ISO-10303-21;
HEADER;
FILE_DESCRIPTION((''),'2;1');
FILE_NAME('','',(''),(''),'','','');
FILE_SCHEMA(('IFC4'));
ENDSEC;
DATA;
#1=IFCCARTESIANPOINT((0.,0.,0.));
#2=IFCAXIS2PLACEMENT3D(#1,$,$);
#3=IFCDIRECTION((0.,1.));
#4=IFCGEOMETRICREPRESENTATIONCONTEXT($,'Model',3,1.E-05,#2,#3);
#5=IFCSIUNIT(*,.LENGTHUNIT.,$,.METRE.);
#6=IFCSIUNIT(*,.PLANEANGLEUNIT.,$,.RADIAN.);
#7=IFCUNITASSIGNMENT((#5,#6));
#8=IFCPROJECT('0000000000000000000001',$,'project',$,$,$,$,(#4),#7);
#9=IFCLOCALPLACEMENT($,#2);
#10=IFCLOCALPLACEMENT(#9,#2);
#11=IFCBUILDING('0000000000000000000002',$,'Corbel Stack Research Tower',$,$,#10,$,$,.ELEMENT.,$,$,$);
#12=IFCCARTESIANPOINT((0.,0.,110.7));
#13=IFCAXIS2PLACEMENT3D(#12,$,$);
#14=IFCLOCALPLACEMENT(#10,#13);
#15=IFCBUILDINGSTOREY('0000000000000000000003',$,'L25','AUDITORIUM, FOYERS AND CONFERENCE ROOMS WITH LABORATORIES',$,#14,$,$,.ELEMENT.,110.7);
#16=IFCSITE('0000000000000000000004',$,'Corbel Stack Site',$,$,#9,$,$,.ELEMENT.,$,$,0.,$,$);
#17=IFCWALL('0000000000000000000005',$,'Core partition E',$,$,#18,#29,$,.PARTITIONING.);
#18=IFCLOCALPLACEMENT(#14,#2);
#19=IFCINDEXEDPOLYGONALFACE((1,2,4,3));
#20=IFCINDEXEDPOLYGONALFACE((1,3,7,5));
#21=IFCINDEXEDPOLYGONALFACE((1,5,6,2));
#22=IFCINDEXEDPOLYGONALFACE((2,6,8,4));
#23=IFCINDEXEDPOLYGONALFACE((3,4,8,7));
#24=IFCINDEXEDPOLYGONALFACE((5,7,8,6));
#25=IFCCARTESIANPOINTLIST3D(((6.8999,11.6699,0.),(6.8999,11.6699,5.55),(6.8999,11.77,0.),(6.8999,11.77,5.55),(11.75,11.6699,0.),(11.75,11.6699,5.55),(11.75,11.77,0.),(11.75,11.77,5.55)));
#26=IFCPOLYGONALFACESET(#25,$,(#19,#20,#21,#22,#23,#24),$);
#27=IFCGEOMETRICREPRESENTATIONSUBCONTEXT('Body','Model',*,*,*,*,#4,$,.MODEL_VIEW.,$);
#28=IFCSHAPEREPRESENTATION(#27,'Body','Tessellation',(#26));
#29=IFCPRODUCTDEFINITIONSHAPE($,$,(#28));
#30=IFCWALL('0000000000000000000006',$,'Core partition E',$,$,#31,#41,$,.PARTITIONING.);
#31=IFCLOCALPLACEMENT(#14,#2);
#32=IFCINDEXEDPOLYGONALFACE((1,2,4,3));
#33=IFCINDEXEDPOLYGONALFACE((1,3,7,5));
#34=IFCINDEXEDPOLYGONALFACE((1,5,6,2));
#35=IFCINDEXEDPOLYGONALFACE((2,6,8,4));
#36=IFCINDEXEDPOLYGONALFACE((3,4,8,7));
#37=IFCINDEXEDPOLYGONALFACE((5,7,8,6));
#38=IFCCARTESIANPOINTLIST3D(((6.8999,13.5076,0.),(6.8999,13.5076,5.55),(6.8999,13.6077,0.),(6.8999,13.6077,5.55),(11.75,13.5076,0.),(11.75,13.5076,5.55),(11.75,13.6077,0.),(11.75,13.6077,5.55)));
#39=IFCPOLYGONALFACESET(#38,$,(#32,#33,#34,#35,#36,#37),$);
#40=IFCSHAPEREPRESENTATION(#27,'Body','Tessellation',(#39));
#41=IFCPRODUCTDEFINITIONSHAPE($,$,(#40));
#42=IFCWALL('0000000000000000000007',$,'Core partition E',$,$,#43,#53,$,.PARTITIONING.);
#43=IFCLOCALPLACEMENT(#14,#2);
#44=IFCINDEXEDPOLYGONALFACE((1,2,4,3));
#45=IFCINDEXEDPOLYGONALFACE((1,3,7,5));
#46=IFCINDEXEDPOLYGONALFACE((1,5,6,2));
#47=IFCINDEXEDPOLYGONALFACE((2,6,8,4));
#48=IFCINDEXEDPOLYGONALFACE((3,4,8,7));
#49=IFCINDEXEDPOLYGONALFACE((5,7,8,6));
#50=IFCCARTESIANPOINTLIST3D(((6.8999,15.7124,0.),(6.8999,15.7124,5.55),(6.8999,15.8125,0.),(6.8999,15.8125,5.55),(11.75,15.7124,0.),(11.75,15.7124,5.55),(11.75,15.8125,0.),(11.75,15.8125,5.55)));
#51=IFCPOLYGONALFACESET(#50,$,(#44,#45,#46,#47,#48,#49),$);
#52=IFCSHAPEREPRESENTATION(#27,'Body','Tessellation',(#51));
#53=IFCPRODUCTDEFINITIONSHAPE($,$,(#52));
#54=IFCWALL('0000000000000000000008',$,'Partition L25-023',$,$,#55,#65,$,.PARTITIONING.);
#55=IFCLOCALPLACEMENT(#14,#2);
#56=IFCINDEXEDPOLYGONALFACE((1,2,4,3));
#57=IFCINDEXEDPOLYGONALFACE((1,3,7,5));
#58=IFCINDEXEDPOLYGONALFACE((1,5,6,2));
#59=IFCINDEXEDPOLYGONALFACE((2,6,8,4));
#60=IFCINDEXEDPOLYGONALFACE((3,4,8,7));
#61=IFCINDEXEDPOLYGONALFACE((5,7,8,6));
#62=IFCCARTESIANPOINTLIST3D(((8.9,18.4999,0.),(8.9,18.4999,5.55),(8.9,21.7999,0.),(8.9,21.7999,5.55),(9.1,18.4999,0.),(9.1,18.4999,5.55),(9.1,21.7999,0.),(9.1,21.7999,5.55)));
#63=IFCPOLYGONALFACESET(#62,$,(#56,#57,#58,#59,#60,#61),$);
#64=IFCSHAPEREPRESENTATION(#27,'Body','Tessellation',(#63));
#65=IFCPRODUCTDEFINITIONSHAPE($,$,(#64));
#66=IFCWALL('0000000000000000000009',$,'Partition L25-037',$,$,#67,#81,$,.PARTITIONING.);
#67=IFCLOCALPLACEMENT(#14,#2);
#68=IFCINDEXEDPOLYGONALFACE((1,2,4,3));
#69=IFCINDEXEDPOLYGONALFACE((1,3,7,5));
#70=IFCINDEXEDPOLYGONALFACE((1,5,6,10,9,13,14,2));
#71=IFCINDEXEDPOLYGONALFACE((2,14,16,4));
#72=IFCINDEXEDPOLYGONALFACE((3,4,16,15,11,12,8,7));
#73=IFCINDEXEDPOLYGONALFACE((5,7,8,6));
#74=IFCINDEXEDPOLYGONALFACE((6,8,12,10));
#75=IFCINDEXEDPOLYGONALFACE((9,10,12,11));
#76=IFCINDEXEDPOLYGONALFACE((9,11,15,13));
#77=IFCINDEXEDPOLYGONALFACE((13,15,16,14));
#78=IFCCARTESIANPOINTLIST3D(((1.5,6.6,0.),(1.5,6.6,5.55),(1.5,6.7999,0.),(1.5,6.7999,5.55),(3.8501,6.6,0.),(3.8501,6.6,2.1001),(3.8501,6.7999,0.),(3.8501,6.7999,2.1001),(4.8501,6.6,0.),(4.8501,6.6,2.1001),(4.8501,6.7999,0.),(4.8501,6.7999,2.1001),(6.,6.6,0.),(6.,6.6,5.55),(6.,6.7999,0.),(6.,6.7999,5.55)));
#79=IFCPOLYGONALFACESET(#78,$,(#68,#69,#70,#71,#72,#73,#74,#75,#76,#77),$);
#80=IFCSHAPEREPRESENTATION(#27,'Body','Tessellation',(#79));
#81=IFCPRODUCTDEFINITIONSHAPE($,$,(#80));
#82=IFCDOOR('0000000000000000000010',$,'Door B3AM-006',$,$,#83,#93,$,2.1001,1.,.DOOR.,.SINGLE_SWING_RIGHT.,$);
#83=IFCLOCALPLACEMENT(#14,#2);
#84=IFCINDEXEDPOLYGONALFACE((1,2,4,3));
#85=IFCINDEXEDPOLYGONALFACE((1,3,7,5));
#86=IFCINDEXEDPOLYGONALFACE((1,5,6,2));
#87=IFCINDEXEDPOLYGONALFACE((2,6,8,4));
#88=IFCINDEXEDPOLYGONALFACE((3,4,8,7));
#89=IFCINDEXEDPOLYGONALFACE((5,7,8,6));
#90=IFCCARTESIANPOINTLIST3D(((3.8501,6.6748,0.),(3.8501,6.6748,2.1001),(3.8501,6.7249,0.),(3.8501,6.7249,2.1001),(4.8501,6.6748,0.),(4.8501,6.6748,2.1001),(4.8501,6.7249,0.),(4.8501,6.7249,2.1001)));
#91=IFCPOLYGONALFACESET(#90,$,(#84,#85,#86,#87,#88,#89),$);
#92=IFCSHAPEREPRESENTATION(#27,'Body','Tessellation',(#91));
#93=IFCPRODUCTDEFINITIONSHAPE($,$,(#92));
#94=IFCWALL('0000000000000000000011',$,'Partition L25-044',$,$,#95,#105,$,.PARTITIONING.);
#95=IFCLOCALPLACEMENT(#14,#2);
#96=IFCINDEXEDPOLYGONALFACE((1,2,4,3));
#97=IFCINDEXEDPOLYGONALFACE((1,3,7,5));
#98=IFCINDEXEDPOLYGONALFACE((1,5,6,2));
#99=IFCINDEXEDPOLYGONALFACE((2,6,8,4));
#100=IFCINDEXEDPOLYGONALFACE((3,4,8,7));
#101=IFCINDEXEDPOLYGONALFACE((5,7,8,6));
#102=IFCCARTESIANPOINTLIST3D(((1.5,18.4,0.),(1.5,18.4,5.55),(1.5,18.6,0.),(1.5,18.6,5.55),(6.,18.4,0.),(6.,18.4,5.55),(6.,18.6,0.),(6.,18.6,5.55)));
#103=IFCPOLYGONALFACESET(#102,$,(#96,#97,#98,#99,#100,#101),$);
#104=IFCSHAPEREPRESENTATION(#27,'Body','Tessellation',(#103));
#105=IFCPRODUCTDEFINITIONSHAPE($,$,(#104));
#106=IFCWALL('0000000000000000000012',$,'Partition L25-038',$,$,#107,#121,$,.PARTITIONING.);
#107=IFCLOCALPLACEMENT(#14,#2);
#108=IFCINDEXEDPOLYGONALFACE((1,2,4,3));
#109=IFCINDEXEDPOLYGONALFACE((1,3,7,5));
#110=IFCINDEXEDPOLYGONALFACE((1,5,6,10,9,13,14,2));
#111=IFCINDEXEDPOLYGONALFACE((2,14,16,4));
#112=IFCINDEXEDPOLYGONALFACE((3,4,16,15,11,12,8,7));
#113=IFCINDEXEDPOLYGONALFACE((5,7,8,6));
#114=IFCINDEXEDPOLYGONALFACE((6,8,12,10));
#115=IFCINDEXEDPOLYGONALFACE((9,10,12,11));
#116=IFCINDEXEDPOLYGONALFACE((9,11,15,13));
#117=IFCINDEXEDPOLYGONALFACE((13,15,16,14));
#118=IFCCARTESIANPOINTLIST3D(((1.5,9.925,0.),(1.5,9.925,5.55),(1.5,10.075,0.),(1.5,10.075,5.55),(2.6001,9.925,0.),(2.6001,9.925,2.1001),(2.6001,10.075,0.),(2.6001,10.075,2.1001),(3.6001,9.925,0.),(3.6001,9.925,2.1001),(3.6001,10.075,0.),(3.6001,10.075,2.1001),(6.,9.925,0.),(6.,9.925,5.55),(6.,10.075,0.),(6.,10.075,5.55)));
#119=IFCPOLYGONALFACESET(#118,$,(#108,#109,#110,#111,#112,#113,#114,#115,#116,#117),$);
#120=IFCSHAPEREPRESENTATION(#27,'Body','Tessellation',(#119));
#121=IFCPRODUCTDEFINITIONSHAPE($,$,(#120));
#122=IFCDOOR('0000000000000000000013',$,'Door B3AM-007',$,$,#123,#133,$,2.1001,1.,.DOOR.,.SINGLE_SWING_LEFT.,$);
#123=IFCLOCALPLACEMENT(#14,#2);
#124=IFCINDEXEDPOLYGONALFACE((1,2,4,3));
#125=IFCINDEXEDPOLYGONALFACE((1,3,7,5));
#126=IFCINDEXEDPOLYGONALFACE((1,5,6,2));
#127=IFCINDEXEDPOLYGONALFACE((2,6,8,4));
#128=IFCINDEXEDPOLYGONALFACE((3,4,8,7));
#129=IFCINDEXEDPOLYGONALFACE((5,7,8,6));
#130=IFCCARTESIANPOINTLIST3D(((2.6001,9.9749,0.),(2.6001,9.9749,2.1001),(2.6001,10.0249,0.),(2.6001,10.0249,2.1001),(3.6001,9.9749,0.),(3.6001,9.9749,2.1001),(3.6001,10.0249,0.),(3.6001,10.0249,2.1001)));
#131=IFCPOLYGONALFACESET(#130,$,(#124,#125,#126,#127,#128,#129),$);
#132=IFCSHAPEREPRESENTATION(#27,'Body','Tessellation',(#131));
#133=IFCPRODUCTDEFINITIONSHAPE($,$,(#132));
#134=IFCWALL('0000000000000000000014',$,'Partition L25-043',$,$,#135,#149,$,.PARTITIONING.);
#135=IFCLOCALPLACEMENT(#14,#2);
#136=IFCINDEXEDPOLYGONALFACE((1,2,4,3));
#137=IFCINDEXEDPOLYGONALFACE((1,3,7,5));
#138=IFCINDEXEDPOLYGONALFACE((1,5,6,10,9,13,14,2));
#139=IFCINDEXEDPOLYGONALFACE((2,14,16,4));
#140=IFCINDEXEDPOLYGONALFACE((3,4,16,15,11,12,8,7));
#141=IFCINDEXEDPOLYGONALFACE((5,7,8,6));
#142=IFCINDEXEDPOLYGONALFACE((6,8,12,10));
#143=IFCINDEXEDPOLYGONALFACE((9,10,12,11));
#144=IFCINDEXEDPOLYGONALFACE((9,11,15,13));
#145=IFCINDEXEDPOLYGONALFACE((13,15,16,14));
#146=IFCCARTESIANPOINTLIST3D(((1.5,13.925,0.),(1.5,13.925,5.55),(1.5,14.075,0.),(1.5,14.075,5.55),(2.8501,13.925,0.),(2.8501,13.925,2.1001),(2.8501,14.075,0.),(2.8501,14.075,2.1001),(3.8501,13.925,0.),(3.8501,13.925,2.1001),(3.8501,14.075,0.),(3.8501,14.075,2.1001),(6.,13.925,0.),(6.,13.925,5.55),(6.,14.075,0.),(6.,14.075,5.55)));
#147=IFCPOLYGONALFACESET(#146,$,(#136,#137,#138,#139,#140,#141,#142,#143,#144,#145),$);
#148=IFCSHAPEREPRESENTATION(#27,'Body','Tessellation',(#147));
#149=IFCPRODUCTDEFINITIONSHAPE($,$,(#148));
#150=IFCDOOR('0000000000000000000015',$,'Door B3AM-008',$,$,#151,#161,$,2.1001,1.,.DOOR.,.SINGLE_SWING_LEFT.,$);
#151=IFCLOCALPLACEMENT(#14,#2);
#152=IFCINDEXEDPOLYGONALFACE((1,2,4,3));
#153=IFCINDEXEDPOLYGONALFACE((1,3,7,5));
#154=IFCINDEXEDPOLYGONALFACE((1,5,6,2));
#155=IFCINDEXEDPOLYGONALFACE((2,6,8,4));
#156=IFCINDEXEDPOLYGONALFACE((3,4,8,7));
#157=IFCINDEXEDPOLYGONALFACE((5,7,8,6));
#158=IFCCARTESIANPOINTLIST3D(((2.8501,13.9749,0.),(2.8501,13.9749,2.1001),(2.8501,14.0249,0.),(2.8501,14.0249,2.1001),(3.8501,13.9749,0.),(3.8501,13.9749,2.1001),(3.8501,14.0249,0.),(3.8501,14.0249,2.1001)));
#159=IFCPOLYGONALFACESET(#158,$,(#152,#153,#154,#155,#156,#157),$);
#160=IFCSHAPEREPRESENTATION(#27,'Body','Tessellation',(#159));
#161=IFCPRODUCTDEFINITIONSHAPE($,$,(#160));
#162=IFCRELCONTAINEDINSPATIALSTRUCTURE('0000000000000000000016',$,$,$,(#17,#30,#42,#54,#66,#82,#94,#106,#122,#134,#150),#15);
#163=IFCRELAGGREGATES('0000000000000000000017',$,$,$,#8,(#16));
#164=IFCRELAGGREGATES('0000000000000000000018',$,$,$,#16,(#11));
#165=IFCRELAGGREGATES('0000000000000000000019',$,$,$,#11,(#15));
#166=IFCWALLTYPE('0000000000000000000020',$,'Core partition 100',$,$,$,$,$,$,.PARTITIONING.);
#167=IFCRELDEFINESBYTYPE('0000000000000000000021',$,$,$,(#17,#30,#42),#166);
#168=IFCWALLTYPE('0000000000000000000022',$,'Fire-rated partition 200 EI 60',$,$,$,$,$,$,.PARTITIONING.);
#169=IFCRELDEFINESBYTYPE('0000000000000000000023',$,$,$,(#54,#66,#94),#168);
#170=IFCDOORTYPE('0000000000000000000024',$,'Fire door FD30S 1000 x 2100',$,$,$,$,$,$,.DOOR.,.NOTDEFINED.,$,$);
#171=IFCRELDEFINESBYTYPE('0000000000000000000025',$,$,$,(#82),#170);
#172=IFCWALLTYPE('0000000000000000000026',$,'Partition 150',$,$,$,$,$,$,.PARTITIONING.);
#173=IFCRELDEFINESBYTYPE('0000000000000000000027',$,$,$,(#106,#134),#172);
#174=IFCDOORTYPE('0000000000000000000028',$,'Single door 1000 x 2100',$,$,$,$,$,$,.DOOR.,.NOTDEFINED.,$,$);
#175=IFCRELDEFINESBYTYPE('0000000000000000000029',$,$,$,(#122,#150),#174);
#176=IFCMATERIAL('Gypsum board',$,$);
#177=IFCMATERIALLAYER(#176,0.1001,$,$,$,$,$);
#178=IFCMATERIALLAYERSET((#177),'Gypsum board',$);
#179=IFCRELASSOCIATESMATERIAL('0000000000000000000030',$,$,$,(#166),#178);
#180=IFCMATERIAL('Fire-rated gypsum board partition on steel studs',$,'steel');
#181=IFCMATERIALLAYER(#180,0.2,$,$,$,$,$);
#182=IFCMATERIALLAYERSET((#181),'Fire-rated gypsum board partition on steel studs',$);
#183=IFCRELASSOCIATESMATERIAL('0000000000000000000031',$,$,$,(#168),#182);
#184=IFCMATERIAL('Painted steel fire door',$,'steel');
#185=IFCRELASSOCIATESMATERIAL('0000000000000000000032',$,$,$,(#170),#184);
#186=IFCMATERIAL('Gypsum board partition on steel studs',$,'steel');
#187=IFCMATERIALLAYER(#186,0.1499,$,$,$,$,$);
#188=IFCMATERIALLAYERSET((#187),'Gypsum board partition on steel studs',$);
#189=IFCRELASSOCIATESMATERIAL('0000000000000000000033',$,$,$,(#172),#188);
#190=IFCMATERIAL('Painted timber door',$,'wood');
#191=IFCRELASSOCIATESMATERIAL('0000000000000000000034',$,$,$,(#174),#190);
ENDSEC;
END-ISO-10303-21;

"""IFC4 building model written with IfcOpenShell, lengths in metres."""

from ifc_helpers import new_model, si_unit, direction, frame, frame_2d, origin, place, context, subcontext, project, spatial, rectangle, extrude, material, layer, layer_set, type_object, element, fill, save


model = new_model("IFC4")

# Units and contexts
model_context = context("Model", 3, precision=1e-05, world=origin(), true_north=direction((0.0, 1.0)))
body_context = subcontext(model_context, "Body", "Model", "MODEL_VIEW")
ifc_project = project(units=[si_unit("LENGTHUNIT", "METRE"), si_unit("PLANEANGLEUNIT", "RADIAN")], contexts=[model_context])

# Site, building, storey
site_placement = place(None, origin())
site = spatial("IfcSite", under=ifc_project, at=site_placement, Name="Corbel Stack Site", CompositionType="ELEMENT", RefElevation=0.0)
building_placement = place(site_placement, origin())
building = spatial("IfcBuilding", under=site, at=building_placement, Name="Corbel Stack Research Tower", CompositionType="ELEMENT")
storey_placement = place(building_placement, frame((0.0, 0.0, 110.7)))
storey = spatial("IfcBuildingStorey", under=building, at=storey_placement, Name="L25", Description="AUDITORIUM, FOYERS AND CONFERENCE ROOMS WITH LABORATORIES", CompositionType="ELEMENT", Elevation=110.7)

# Walls
ifc_material_1 = material(Name="Gypsum board")
ifc_layer_1 = layer(ifc_material_1, 0.1001)
ifc_layer_set_1 = layer_set([ifc_layer_1], Name="Gypsum board")
wall_type_1 = type_object("IfcWallType", Name="Core partition 100", PredefinedType="PARTITIONING", material=ifc_layer_set_1)
for number, where, z_axis, x_axis, name in (
    (1, (6.8999, 11.72, 0.0), (0.0, 0.0, 1.0), (1.0, 0.0, 0.0), "Core partition E"),
    (2, (6.8999, 13.5576, 0.0), (0.0, 0.0, 1.0), (1.0, 0.0, 0.0), "Core partition E"),
    (3, (6.8999, 15.7625, 0.0), (0.0, 0.0, 1.0), (1.0, 0.0, 0.0), "Core partition E"),
):
    element("IfcWall", number, at=place(storey_placement, frame(where, z_axis=z_axis, x_axis=x_axis)), inside=storey, type_object=wall_type_1, Name=name, PredefinedType="PARTITIONING", context=body_context, shape_type="SweptSolid", body=[
        extrude(rectangle(XDim=4.8501, YDim=0.1001, at=frame_2d((2.425, 0.0))), origin(), (0.0, 0.0, 1.0), 5.55),
    ])
ifc_material_2 = material(Name="Fire-rated gypsum board partition on steel studs", Category="steel")
ifc_layer_2 = layer(ifc_material_2, 0.2)
ifc_layer_set_2 = layer_set([ifc_layer_2], Name="Fire-rated gypsum board partition on steel studs")
wall_type_2 = type_object("IfcWallType", Name="Fire-rated partition 200 EI 60", PredefinedType="PARTITIONING", material=ifc_layer_set_2)
wall_1_placement = place(storey_placement, frame((9.0, 18.5, 0.0), z_axis=(0.0, 0.0, 1.0), x_axis=(0.0, 1.0, 0.0)))
element("IfcWall", 4, at=wall_1_placement, inside=storey, type_object=wall_type_2, Name="Partition L25-023", PredefinedType="PARTITIONING", context=body_context, shape_type="SweptSolid", body=[
    extrude(rectangle(XDim=3.3, YDim=0.2, at=frame_2d((1.6499, 0.0))), origin(), (0.0, 0.0, 1.0), 5.55),
])

# Wall, opening, door
wall_2_placement = place(storey_placement, frame((1.5, 6.7, 0.0), z_axis=(0.0, 0.0, 1.0), x_axis=(1.0, 0.0, 0.0)))
wall_2 = element("IfcWall", 5, at=wall_2_placement, inside=storey, type_object=wall_type_2, Name="Partition L25-037", PredefinedType="PARTITIONING", context=body_context, shape_type="SweptSolid", body=[
    extrude(rectangle(XDim=4.5, YDim=0.2, at=frame_2d((2.25, 0.0))), origin(), (0.0, 0.0, 1.0), 5.55),
])
opening_1_placement = place(wall_2_placement, frame((2.3501, 0.0, 0.0)))
opening_1 = element("IfcOpeningElement", 6, at=opening_1_placement, cuts=wall_2, PredefinedType="OPENING", context=body_context, shape_type="SweptSolid", body=[
    extrude(rectangle(XDim=1.0, YDim=2.1001, at=frame_2d((0.5, 1.05))), frame((0.0, 0.1099, 0.0), z_axis=(0.0, -1.0, 0.0), x_axis=(1.0, 0.0, 0.0)), (0.0, 0.0, 1.0), 0.22),
])
ifc_material_3 = material(Name="Painted steel fire door", Category="steel")
door_type_1 = type_object("IfcDoorType", Name="Fire door FD30S 1000 x 2100", OperationType="NOTDEFINED", PredefinedType="DOOR", material=ifc_material_3)
door_1_placement = place(opening_1_placement, origin())
door_1 = element("IfcDoor", 7, at=door_1_placement, inside=storey, type_object=door_type_1, Name="Door B3AM-006", OperationType="SINGLE_SWING_RIGHT", OverallHeight=2.1001, OverallWidth=1.0, PredefinedType="DOOR", context=body_context, shape_type="SweptSolid", body=[
    extrude(rectangle(XDim=1.0, YDim=2.1001, at=frame_2d((0.5, 1.05))), frame((0.0, 0.0249, 0.0), z_axis=(0.0, -1.0, 0.0), x_axis=(1.0, 0.0, 0.0)), (0.0, 0.0, 1.0), 0.05),
])
fill(opening_1, door_1)

# Wall
wall_3_placement = place(storey_placement, frame((1.5, 18.5, 0.0), z_axis=(0.0, 0.0, 1.0), x_axis=(1.0, 0.0, 0.0)))
element("IfcWall", 8, at=wall_3_placement, inside=storey, type_object=wall_type_2, Name="Partition L25-044", PredefinedType="PARTITIONING", context=body_context, shape_type="SweptSolid", body=[
    extrude(rectangle(XDim=4.5, YDim=0.2, at=frame_2d((2.25, 0.0))), origin(), (0.0, 0.0, 1.0), 5.55),
])

# Walls, openings, doors
ifc_material_4 = material(Name="Gypsum board partition on steel studs", Category="steel")
ifc_layer_3 = layer(ifc_material_4, 0.1499)
ifc_layer_set_3 = layer_set([ifc_layer_3], Name="Gypsum board partition on steel studs")
wall_type_3 = type_object("IfcWallType", Name="Partition 150", PredefinedType="PARTITIONING", material=ifc_layer_set_3)
wall_4_placement = place(storey_placement, frame((1.5, 10.0, 0.0), z_axis=(0.0, 0.0, 1.0), x_axis=(1.0, 0.0, 0.0)))
wall_4 = element("IfcWall", 9, at=wall_4_placement, inside=storey, type_object=wall_type_3, Name="Partition L25-038", PredefinedType="PARTITIONING", context=body_context, shape_type="SweptSolid", body=[
    extrude(rectangle(XDim=4.5, YDim=0.1499, at=frame_2d((2.25, 0.0))), origin(), (0.0, 0.0, 1.0), 5.55),
])
opening_2_placement = place(wall_4_placement, frame((1.1001, 0.0, 0.0)))
opening_2 = element("IfcOpeningElement", 10, at=opening_2_placement, cuts=wall_4, PredefinedType="OPENING", context=body_context, shape_type="SweptSolid", body=[
    extrude(rectangle(XDim=1.0, YDim=2.1001, at=frame_2d((0.5, 1.05))), frame((0.0, 0.085, 0.0), z_axis=(0.0, -1.0, 0.0), x_axis=(1.0, 0.0, 0.0)), (0.0, 0.0, 1.0), 0.1699),
])
ifc_material_5 = material(Name="Painted timber door", Category="wood")
door_type_2 = type_object("IfcDoorType", Name="Single door 1000 x 2100", OperationType="NOTDEFINED", PredefinedType="DOOR", material=ifc_material_5)
door_2_placement = place(opening_2_placement, origin())
door_2 = element("IfcDoor", 11, at=door_2_placement, inside=storey, type_object=door_type_2, Name="Door B3AM-007", OperationType="SINGLE_SWING_LEFT", OverallHeight=2.1001, OverallWidth=1.0, PredefinedType="DOOR", context=body_context, shape_type="SweptSolid", body=[
    extrude(rectangle(XDim=1.0, YDim=2.1001, at=frame_2d((0.5, 1.05))), frame((0.0, 0.0249, 0.0), z_axis=(0.0, -1.0, 0.0), x_axis=(1.0, 0.0, 0.0)), (0.0, 0.0, 1.0), 0.05),
])
fill(opening_2, door_2)
wall_5_placement = place(storey_placement, frame((1.5, 14.0, 0.0), z_axis=(0.0, 0.0, 1.0), x_axis=(1.0, 0.0, 0.0)))
wall_5 = element("IfcWall", 12, at=wall_5_placement, inside=storey, type_object=wall_type_3, Name="Partition L25-043", PredefinedType="PARTITIONING", context=body_context, shape_type="SweptSolid", body=[
    extrude(rectangle(XDim=4.5, YDim=0.1499, at=frame_2d((2.25, 0.0))), origin(), (0.0, 0.0, 1.0), 5.55),
])
opening_3_placement = place(wall_5_placement, frame((1.3501, 0.0, 0.0)))
opening_3 = element("IfcOpeningElement", 13, at=opening_3_placement, cuts=wall_5, PredefinedType="OPENING", context=body_context, shape_type="SweptSolid", body=[
    extrude(rectangle(XDim=1.0, YDim=2.1001, at=frame_2d((0.5, 1.05))), frame((0.0, 0.085, 0.0), z_axis=(0.0, -1.0, 0.0), x_axis=(1.0, 0.0, 0.0)), (0.0, 0.0, 1.0), 0.1699),
])
door_3_placement = place(opening_3_placement, origin())
door_3 = element("IfcDoor", 14, at=door_3_placement, inside=storey, type_object=door_type_2, Name="Door B3AM-008", OperationType="SINGLE_SWING_LEFT", OverallHeight=2.1001, OverallWidth=1.0, PredefinedType="DOOR", context=body_context, shape_type="SweptSolid", body=[
    extrude(rectangle(XDim=1.0, YDim=2.1001, at=frame_2d((0.5, 1.05))), frame((0.0, 0.0249, 0.0), z_axis=(0.0, -1.0, 0.0), x_axis=(1.0, 0.0, 0.0)), (0.0, 0.0, 1.0), 0.05),
])
fill(opening_3, door_3)

save(model, "model.ifc")
